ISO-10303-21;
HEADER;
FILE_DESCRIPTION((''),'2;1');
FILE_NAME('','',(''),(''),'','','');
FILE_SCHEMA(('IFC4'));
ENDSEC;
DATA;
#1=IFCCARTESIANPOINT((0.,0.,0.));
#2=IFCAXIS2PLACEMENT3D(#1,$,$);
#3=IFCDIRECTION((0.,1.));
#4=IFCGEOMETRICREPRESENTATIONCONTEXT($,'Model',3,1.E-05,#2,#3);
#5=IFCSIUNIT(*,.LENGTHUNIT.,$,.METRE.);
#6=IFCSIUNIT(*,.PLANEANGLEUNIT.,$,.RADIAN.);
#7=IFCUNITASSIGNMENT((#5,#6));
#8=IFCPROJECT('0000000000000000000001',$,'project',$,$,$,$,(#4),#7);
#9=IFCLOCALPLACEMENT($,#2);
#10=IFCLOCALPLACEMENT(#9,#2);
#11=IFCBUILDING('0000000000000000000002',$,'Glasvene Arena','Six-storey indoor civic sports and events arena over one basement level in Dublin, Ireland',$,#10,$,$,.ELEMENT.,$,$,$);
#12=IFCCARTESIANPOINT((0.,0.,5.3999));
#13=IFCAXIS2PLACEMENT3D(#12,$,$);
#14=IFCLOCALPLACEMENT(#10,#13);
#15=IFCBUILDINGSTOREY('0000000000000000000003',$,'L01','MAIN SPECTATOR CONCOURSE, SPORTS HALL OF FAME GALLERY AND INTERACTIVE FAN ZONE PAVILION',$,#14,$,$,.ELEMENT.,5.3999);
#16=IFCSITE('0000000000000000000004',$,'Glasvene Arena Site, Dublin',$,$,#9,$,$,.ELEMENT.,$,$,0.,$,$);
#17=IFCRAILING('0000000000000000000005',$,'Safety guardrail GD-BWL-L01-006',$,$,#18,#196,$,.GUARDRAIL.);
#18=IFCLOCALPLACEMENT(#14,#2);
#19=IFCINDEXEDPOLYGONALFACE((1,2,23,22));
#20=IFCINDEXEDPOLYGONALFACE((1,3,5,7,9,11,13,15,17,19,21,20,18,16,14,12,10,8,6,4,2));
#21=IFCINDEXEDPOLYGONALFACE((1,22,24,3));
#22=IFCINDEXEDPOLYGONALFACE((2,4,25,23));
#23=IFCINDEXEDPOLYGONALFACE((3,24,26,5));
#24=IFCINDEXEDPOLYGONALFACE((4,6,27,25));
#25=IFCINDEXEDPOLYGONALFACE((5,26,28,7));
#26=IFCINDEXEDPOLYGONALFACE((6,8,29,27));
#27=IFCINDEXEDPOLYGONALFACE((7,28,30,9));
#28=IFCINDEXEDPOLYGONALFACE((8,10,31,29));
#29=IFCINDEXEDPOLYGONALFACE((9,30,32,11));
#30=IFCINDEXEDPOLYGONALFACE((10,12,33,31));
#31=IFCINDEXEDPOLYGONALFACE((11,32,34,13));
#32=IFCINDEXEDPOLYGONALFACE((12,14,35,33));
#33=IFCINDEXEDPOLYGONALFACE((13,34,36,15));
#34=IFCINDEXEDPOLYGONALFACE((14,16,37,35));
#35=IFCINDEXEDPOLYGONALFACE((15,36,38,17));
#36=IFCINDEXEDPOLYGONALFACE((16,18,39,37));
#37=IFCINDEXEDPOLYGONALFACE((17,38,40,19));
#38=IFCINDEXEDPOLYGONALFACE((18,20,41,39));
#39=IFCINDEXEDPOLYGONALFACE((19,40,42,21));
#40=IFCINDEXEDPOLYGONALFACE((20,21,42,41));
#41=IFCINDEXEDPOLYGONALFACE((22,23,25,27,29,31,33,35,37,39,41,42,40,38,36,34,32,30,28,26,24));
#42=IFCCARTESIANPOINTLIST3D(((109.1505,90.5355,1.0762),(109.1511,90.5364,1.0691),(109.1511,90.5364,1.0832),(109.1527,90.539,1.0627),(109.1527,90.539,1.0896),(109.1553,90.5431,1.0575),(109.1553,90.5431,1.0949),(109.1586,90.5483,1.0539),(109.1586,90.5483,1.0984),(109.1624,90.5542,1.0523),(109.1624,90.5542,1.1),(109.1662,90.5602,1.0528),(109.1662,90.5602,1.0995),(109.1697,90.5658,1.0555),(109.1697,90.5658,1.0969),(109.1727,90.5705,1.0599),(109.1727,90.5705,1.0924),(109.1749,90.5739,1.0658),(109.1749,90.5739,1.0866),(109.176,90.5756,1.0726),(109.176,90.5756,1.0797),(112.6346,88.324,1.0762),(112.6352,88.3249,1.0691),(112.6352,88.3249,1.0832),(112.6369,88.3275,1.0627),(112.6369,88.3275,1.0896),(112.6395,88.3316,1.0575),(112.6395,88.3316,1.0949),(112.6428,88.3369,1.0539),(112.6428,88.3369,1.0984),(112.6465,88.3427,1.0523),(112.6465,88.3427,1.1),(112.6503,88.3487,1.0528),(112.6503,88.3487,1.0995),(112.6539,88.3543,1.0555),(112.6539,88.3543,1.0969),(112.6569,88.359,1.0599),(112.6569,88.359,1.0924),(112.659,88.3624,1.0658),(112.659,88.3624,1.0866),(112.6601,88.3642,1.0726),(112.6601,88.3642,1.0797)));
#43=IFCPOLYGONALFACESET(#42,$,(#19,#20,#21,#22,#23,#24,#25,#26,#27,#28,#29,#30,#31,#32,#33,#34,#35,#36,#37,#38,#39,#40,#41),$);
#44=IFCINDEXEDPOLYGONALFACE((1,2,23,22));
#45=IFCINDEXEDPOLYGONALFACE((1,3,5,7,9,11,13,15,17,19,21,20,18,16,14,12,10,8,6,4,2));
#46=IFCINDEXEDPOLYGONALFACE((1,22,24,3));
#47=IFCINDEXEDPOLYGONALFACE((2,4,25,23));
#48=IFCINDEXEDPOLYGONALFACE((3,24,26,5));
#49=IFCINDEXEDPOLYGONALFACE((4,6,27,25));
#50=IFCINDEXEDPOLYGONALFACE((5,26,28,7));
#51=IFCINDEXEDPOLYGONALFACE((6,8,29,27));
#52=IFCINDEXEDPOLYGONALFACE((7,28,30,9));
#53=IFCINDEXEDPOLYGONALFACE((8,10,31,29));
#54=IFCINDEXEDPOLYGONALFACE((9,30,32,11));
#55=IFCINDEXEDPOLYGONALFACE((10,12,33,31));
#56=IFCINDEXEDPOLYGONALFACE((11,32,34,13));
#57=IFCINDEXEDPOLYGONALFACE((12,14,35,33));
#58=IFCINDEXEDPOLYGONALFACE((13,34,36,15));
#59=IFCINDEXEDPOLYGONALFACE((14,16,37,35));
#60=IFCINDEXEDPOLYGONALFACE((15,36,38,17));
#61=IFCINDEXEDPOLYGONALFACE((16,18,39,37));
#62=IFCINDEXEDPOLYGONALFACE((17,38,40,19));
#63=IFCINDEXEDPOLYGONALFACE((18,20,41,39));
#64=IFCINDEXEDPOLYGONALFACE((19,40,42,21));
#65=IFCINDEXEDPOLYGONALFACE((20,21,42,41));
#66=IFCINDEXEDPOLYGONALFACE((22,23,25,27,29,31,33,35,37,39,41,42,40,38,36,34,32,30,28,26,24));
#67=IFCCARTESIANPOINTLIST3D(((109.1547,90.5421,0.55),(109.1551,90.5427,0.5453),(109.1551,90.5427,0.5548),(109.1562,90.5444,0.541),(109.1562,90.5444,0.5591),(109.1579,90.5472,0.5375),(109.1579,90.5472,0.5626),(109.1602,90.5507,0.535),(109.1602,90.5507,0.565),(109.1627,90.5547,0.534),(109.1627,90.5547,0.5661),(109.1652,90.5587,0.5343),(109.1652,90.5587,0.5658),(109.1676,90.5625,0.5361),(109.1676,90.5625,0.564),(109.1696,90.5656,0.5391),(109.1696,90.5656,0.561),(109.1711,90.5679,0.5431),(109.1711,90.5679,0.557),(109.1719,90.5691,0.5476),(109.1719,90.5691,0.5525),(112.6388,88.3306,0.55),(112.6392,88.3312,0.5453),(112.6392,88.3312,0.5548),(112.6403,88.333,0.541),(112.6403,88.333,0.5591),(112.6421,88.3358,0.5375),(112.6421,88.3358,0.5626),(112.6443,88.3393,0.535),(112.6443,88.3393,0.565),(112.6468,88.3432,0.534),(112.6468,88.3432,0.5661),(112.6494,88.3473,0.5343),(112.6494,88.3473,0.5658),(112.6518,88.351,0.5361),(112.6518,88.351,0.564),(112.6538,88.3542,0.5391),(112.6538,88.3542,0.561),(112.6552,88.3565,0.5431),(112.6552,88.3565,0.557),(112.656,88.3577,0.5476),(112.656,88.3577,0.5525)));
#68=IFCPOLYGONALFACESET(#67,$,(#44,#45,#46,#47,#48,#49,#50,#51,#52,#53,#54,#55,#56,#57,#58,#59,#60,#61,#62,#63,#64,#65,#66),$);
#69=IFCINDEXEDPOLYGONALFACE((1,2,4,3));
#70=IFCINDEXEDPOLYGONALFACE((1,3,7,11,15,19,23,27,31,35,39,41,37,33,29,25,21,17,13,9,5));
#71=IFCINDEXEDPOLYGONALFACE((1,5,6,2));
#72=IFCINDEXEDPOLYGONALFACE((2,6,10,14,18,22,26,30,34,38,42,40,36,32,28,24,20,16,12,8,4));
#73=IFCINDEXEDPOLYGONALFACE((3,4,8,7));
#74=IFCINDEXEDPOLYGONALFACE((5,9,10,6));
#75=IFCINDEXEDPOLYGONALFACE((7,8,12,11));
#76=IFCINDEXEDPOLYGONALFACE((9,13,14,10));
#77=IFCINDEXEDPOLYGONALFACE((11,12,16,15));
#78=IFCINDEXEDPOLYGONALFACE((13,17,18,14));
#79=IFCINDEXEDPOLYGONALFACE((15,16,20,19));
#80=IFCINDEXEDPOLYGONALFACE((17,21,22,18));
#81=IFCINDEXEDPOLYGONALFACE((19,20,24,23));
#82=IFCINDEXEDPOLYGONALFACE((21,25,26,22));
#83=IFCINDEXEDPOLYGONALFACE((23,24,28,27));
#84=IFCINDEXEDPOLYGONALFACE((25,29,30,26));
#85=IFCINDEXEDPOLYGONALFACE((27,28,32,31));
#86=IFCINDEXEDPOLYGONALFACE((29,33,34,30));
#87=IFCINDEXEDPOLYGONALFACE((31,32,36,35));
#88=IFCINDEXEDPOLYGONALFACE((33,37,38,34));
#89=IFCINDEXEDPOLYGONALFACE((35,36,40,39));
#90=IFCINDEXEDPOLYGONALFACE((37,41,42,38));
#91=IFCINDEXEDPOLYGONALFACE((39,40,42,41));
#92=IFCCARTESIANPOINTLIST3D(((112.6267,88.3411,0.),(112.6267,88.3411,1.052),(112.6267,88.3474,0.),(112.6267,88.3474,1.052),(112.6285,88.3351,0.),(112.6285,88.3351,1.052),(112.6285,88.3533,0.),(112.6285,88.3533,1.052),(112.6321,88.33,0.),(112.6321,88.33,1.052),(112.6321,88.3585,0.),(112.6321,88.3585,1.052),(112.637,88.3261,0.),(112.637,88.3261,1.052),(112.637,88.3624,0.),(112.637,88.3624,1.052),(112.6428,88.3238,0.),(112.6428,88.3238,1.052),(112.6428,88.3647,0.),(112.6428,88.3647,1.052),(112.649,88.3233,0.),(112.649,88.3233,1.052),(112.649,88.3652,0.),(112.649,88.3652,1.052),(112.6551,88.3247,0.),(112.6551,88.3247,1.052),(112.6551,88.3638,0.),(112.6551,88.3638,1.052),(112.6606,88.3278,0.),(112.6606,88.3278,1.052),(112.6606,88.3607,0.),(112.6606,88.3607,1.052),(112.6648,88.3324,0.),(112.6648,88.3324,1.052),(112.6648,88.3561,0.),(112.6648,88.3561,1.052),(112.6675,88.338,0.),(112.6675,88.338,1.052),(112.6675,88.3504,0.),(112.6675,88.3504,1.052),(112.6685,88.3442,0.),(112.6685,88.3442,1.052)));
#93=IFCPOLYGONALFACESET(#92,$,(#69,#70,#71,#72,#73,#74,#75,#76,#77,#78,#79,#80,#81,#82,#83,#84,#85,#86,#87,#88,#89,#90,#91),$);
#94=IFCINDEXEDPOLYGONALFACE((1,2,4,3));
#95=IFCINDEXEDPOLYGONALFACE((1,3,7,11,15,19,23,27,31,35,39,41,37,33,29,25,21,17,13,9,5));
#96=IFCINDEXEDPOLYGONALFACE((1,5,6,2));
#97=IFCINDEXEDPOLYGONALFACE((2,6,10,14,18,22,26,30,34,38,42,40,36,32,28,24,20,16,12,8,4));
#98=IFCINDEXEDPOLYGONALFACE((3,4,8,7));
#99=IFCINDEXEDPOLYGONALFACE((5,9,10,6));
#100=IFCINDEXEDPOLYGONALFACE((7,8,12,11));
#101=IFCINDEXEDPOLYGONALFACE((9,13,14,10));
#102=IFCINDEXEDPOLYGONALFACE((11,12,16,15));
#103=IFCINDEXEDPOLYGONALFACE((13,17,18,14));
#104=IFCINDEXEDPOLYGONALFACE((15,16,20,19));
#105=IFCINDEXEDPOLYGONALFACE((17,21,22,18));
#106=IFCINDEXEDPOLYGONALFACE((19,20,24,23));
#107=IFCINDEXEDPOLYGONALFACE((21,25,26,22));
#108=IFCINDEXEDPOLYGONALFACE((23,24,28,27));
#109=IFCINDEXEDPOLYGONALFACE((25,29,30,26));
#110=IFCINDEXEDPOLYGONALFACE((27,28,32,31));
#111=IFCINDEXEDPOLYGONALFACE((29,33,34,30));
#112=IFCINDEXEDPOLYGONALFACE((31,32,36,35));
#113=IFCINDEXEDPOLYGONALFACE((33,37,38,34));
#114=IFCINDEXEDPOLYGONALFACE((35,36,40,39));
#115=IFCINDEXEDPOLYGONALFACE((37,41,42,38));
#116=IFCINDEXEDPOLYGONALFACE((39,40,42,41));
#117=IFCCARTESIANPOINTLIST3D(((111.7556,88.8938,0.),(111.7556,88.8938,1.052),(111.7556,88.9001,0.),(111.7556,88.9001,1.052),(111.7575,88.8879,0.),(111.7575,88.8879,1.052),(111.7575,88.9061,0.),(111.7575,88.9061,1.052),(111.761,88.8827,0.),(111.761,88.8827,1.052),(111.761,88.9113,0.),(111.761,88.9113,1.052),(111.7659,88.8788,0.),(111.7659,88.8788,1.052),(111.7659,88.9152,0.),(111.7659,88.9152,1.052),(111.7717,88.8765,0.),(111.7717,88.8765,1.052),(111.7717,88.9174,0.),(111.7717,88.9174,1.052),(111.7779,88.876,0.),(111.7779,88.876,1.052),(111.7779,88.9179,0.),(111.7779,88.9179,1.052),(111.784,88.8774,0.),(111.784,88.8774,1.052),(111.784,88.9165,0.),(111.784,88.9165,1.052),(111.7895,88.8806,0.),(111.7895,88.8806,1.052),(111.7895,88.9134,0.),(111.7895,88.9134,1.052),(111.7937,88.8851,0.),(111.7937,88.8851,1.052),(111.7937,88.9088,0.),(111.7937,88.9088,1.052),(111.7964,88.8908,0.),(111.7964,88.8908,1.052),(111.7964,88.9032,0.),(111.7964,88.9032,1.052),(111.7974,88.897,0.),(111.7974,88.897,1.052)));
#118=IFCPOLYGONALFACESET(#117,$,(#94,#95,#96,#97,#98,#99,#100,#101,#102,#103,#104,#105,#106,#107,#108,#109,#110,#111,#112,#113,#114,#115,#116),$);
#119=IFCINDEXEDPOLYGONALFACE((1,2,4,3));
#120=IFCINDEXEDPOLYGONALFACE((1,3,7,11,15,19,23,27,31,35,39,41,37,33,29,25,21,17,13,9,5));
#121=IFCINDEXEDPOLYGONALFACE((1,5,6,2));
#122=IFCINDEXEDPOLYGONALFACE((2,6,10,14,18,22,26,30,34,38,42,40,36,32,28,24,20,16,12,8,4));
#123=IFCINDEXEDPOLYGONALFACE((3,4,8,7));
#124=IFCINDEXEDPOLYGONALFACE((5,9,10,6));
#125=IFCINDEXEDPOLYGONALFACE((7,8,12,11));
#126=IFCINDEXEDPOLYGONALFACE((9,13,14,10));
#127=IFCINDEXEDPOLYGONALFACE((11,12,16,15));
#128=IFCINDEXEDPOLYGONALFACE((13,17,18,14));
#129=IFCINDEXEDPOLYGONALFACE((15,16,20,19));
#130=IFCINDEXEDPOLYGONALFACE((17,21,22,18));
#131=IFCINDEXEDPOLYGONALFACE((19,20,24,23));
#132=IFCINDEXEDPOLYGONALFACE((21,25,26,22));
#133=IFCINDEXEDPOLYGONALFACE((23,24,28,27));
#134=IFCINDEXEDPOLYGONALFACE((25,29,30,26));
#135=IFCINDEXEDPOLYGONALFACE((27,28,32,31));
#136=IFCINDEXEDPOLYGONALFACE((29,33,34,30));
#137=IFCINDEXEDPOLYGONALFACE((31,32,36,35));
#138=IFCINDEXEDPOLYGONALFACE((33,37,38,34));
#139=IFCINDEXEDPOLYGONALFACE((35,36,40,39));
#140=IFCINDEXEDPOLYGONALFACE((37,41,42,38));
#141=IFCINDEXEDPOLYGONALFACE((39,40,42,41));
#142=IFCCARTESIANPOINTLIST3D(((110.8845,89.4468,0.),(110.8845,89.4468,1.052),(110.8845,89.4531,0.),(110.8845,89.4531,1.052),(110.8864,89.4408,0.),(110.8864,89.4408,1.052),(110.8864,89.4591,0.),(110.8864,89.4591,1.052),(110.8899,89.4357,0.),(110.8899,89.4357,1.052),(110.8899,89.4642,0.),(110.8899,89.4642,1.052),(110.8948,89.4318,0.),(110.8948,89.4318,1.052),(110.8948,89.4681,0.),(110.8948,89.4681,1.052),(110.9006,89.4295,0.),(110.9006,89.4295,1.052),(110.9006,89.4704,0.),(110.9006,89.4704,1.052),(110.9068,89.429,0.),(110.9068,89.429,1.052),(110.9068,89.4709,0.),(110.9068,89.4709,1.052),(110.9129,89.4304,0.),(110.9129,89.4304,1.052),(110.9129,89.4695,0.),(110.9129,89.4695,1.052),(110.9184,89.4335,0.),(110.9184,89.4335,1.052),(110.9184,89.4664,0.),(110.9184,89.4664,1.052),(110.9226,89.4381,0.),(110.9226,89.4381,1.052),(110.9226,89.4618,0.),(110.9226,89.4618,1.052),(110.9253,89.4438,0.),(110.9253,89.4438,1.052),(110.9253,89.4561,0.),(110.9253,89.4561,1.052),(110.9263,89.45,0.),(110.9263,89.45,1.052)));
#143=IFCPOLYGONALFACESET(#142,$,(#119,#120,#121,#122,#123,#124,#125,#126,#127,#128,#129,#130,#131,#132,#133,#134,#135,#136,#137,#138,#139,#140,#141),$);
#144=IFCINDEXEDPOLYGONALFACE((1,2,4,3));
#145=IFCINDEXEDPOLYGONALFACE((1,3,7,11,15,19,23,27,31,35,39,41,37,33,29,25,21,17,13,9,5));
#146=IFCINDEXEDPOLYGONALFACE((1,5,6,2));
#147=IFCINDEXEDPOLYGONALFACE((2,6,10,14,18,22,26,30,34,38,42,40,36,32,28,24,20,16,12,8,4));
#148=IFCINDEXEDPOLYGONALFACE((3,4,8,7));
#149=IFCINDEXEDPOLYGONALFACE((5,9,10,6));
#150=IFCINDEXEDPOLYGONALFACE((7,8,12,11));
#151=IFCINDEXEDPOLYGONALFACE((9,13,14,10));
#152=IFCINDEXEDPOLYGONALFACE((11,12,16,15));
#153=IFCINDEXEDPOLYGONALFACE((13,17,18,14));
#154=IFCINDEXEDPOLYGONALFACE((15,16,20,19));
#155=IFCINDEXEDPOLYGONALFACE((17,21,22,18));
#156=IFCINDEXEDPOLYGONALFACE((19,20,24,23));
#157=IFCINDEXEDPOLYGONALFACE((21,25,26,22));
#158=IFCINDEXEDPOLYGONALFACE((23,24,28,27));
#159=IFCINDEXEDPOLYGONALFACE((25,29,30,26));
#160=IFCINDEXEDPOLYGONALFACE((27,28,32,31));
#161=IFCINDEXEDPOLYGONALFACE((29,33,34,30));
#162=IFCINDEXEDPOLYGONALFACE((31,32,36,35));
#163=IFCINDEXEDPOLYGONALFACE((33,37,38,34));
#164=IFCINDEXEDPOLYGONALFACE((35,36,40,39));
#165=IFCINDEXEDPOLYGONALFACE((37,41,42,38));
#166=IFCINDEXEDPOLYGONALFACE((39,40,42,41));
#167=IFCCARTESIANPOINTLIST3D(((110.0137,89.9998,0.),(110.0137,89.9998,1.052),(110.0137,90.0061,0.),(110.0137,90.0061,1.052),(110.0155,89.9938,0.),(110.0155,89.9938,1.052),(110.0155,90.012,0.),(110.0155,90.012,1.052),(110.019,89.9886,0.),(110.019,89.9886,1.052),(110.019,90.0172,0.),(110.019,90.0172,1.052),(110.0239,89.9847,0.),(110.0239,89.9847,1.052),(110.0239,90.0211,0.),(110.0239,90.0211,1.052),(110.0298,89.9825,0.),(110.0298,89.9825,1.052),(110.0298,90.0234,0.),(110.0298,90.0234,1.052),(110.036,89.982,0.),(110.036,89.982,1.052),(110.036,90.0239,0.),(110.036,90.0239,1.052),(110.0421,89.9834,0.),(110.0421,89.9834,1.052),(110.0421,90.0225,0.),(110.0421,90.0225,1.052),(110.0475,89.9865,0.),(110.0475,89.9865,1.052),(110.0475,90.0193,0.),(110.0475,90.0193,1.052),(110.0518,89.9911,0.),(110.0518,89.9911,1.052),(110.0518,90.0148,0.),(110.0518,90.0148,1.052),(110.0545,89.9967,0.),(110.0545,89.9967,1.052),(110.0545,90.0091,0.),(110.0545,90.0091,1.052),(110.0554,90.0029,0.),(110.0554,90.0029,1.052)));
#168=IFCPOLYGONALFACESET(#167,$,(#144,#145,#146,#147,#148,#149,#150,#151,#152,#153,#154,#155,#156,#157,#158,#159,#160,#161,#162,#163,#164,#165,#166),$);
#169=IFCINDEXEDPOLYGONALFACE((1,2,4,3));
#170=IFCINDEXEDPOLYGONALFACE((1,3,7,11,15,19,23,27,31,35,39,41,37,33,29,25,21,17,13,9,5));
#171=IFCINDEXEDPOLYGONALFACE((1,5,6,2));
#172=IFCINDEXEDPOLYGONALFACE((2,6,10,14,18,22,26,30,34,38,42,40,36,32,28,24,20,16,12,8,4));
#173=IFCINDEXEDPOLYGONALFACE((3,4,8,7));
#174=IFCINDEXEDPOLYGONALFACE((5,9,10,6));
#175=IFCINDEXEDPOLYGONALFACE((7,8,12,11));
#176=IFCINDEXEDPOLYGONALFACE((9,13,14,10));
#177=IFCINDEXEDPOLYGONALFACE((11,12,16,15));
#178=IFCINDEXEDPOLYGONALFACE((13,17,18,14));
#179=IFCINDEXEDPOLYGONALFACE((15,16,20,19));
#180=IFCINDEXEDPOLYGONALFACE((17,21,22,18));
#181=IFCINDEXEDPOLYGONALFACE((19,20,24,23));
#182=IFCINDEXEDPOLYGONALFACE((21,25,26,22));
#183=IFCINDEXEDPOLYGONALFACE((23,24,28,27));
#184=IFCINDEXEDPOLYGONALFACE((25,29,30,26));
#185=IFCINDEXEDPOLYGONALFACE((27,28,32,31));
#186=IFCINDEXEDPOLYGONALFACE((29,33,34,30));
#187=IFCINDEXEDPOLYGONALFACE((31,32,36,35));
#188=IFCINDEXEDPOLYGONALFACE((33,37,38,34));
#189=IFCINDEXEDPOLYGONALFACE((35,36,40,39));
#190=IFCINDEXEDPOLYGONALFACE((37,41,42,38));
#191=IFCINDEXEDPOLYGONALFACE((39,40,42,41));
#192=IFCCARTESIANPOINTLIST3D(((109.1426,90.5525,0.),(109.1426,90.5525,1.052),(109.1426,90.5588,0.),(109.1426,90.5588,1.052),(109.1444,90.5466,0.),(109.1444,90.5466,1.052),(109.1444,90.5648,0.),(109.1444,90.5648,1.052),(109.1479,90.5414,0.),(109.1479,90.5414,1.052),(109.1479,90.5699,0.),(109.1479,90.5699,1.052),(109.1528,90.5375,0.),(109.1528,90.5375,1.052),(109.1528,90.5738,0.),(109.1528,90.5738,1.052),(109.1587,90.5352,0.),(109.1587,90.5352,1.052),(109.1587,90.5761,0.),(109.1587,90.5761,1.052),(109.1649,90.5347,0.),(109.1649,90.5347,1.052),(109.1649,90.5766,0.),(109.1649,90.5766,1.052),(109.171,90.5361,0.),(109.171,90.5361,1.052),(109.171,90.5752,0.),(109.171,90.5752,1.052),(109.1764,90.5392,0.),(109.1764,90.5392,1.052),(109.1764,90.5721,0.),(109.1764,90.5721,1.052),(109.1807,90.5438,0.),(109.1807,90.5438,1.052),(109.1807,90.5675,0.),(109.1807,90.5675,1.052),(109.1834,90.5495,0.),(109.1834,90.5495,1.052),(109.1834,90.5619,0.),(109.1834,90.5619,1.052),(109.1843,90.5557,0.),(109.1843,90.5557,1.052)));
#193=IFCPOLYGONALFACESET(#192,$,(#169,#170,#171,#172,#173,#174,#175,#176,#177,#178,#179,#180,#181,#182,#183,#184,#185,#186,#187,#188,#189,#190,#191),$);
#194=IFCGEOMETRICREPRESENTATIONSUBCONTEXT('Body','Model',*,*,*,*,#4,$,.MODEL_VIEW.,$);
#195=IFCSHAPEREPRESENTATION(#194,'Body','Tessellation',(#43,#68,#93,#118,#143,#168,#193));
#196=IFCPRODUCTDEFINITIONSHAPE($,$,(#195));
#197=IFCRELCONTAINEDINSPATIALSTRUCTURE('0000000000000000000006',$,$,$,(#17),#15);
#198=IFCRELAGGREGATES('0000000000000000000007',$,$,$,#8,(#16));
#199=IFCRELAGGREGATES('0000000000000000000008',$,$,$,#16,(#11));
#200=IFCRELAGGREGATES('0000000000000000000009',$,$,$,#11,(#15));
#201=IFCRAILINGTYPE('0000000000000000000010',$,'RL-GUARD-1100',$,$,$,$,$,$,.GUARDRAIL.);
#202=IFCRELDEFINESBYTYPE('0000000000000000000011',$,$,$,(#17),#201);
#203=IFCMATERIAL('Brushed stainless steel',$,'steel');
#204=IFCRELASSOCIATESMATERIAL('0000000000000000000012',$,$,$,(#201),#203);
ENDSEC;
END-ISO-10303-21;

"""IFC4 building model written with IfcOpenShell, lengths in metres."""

from ifc_helpers import new_model, si_unit, direction, frame, origin, origin_2d, place, context, subcontext, project, spatial, circle, extrude, material, type_object, element, save


model = new_model("IFC4")

# Units and contexts
model_context = context("Model", 3, precision=1e-05, world=origin(), true_north=direction((0.0, 1.0)))
body_context = subcontext(model_context, "Body", "Model", "MODEL_VIEW")
ifc_project = project(units=[si_unit("LENGTHUNIT", "METRE"), si_unit("PLANEANGLEUNIT", "RADIAN")], contexts=[model_context])

# Site, building, storey
site_placement = place(None, origin())
site = spatial("IfcSite", under=ifc_project, at=site_placement, Name="Glasvene Arena Site, Dublin", CompositionType="ELEMENT", RefElevation=0.0)
building_placement = place(site_placement, origin())
building = spatial("IfcBuilding", under=site, at=building_placement, Name="Glasvene Arena", Description="Six-storey indoor civic sports and events arena over one basement level in Dublin, Ireland", CompositionType="ELEMENT")
storey_placement = place(building_placement, frame((0.0, 0.0, 5.3999)))
storey = spatial("IfcBuildingStorey", under=building, at=storey_placement, Name="L01", Description="MAIN SPECTATOR CONCOURSE, SPORTS HALL OF FAME GALLERY AND INTERACTIVE FAN ZONE PAVILION", CompositionType="ELEMENT", Elevation=5.3999)

# Railing
ifc_material_1 = material(Name="Brushed stainless steel", Category="steel")
railing_type = type_object("IfcRailingType", Name="RL-GUARD-1100", PredefinedType="GUARDRAIL", material=ifc_material_1)
railing_1_placement = place(storey_placement, frame((112.6475, 88.3442, 0.0)))
element("IfcRailing", 1, at=railing_1_placement, inside=storey, type_object=railing_type, Name="Safety guardrail GD-BWL-L01-006", PredefinedType="GUARDRAIL", context=body_context, shape_type="SweptSolid", body=[
    extrude(circle(Radius=0.0239, at=origin_2d()), frame((0.0, 0.0, 1.0762), z_axis=(-0.844292, 0.535884, 0.0), x_axis=(-0.535884, -0.844292, 0.0)), (0.0, 0.0, 1.0), 4.1267),
    extrude(circle(Radius=0.0161, at=origin_2d()), frame((0.0, 0.0, 0.55), z_axis=(-0.844292, 0.535884, 0.0), x_axis=(-0.535884, -0.844292, 0.0)), (0.0, 0.0, 1.0), 4.1267),
    extrude(circle(Radius=0.021, at=origin_2d()), origin(), (0.0, 0.0, 1.0), 1.052),
    extrude(circle(Radius=0.021, at=origin_2d()), frame((-0.8711, 0.5527, 0.0)), (0.0, 0.0, 1.0), 1.052),
    extrude(circle(Radius=0.021, at=origin_2d()), frame((-1.7422, 1.1057, 0.0)), (0.0, 0.0, 1.0), 1.052),
    extrude(circle(Radius=0.021, at=origin_2d()), frame((-2.613, 1.6587, 0.0)), (0.0, 0.0, 1.0), 1.052),
    extrude(circle(Radius=0.021, at=origin_2d()), frame((-3.4841, 2.2114, 0.0)), (0.0, 0.0, 1.0), 1.052),
])

save(model, "model.ifc")
